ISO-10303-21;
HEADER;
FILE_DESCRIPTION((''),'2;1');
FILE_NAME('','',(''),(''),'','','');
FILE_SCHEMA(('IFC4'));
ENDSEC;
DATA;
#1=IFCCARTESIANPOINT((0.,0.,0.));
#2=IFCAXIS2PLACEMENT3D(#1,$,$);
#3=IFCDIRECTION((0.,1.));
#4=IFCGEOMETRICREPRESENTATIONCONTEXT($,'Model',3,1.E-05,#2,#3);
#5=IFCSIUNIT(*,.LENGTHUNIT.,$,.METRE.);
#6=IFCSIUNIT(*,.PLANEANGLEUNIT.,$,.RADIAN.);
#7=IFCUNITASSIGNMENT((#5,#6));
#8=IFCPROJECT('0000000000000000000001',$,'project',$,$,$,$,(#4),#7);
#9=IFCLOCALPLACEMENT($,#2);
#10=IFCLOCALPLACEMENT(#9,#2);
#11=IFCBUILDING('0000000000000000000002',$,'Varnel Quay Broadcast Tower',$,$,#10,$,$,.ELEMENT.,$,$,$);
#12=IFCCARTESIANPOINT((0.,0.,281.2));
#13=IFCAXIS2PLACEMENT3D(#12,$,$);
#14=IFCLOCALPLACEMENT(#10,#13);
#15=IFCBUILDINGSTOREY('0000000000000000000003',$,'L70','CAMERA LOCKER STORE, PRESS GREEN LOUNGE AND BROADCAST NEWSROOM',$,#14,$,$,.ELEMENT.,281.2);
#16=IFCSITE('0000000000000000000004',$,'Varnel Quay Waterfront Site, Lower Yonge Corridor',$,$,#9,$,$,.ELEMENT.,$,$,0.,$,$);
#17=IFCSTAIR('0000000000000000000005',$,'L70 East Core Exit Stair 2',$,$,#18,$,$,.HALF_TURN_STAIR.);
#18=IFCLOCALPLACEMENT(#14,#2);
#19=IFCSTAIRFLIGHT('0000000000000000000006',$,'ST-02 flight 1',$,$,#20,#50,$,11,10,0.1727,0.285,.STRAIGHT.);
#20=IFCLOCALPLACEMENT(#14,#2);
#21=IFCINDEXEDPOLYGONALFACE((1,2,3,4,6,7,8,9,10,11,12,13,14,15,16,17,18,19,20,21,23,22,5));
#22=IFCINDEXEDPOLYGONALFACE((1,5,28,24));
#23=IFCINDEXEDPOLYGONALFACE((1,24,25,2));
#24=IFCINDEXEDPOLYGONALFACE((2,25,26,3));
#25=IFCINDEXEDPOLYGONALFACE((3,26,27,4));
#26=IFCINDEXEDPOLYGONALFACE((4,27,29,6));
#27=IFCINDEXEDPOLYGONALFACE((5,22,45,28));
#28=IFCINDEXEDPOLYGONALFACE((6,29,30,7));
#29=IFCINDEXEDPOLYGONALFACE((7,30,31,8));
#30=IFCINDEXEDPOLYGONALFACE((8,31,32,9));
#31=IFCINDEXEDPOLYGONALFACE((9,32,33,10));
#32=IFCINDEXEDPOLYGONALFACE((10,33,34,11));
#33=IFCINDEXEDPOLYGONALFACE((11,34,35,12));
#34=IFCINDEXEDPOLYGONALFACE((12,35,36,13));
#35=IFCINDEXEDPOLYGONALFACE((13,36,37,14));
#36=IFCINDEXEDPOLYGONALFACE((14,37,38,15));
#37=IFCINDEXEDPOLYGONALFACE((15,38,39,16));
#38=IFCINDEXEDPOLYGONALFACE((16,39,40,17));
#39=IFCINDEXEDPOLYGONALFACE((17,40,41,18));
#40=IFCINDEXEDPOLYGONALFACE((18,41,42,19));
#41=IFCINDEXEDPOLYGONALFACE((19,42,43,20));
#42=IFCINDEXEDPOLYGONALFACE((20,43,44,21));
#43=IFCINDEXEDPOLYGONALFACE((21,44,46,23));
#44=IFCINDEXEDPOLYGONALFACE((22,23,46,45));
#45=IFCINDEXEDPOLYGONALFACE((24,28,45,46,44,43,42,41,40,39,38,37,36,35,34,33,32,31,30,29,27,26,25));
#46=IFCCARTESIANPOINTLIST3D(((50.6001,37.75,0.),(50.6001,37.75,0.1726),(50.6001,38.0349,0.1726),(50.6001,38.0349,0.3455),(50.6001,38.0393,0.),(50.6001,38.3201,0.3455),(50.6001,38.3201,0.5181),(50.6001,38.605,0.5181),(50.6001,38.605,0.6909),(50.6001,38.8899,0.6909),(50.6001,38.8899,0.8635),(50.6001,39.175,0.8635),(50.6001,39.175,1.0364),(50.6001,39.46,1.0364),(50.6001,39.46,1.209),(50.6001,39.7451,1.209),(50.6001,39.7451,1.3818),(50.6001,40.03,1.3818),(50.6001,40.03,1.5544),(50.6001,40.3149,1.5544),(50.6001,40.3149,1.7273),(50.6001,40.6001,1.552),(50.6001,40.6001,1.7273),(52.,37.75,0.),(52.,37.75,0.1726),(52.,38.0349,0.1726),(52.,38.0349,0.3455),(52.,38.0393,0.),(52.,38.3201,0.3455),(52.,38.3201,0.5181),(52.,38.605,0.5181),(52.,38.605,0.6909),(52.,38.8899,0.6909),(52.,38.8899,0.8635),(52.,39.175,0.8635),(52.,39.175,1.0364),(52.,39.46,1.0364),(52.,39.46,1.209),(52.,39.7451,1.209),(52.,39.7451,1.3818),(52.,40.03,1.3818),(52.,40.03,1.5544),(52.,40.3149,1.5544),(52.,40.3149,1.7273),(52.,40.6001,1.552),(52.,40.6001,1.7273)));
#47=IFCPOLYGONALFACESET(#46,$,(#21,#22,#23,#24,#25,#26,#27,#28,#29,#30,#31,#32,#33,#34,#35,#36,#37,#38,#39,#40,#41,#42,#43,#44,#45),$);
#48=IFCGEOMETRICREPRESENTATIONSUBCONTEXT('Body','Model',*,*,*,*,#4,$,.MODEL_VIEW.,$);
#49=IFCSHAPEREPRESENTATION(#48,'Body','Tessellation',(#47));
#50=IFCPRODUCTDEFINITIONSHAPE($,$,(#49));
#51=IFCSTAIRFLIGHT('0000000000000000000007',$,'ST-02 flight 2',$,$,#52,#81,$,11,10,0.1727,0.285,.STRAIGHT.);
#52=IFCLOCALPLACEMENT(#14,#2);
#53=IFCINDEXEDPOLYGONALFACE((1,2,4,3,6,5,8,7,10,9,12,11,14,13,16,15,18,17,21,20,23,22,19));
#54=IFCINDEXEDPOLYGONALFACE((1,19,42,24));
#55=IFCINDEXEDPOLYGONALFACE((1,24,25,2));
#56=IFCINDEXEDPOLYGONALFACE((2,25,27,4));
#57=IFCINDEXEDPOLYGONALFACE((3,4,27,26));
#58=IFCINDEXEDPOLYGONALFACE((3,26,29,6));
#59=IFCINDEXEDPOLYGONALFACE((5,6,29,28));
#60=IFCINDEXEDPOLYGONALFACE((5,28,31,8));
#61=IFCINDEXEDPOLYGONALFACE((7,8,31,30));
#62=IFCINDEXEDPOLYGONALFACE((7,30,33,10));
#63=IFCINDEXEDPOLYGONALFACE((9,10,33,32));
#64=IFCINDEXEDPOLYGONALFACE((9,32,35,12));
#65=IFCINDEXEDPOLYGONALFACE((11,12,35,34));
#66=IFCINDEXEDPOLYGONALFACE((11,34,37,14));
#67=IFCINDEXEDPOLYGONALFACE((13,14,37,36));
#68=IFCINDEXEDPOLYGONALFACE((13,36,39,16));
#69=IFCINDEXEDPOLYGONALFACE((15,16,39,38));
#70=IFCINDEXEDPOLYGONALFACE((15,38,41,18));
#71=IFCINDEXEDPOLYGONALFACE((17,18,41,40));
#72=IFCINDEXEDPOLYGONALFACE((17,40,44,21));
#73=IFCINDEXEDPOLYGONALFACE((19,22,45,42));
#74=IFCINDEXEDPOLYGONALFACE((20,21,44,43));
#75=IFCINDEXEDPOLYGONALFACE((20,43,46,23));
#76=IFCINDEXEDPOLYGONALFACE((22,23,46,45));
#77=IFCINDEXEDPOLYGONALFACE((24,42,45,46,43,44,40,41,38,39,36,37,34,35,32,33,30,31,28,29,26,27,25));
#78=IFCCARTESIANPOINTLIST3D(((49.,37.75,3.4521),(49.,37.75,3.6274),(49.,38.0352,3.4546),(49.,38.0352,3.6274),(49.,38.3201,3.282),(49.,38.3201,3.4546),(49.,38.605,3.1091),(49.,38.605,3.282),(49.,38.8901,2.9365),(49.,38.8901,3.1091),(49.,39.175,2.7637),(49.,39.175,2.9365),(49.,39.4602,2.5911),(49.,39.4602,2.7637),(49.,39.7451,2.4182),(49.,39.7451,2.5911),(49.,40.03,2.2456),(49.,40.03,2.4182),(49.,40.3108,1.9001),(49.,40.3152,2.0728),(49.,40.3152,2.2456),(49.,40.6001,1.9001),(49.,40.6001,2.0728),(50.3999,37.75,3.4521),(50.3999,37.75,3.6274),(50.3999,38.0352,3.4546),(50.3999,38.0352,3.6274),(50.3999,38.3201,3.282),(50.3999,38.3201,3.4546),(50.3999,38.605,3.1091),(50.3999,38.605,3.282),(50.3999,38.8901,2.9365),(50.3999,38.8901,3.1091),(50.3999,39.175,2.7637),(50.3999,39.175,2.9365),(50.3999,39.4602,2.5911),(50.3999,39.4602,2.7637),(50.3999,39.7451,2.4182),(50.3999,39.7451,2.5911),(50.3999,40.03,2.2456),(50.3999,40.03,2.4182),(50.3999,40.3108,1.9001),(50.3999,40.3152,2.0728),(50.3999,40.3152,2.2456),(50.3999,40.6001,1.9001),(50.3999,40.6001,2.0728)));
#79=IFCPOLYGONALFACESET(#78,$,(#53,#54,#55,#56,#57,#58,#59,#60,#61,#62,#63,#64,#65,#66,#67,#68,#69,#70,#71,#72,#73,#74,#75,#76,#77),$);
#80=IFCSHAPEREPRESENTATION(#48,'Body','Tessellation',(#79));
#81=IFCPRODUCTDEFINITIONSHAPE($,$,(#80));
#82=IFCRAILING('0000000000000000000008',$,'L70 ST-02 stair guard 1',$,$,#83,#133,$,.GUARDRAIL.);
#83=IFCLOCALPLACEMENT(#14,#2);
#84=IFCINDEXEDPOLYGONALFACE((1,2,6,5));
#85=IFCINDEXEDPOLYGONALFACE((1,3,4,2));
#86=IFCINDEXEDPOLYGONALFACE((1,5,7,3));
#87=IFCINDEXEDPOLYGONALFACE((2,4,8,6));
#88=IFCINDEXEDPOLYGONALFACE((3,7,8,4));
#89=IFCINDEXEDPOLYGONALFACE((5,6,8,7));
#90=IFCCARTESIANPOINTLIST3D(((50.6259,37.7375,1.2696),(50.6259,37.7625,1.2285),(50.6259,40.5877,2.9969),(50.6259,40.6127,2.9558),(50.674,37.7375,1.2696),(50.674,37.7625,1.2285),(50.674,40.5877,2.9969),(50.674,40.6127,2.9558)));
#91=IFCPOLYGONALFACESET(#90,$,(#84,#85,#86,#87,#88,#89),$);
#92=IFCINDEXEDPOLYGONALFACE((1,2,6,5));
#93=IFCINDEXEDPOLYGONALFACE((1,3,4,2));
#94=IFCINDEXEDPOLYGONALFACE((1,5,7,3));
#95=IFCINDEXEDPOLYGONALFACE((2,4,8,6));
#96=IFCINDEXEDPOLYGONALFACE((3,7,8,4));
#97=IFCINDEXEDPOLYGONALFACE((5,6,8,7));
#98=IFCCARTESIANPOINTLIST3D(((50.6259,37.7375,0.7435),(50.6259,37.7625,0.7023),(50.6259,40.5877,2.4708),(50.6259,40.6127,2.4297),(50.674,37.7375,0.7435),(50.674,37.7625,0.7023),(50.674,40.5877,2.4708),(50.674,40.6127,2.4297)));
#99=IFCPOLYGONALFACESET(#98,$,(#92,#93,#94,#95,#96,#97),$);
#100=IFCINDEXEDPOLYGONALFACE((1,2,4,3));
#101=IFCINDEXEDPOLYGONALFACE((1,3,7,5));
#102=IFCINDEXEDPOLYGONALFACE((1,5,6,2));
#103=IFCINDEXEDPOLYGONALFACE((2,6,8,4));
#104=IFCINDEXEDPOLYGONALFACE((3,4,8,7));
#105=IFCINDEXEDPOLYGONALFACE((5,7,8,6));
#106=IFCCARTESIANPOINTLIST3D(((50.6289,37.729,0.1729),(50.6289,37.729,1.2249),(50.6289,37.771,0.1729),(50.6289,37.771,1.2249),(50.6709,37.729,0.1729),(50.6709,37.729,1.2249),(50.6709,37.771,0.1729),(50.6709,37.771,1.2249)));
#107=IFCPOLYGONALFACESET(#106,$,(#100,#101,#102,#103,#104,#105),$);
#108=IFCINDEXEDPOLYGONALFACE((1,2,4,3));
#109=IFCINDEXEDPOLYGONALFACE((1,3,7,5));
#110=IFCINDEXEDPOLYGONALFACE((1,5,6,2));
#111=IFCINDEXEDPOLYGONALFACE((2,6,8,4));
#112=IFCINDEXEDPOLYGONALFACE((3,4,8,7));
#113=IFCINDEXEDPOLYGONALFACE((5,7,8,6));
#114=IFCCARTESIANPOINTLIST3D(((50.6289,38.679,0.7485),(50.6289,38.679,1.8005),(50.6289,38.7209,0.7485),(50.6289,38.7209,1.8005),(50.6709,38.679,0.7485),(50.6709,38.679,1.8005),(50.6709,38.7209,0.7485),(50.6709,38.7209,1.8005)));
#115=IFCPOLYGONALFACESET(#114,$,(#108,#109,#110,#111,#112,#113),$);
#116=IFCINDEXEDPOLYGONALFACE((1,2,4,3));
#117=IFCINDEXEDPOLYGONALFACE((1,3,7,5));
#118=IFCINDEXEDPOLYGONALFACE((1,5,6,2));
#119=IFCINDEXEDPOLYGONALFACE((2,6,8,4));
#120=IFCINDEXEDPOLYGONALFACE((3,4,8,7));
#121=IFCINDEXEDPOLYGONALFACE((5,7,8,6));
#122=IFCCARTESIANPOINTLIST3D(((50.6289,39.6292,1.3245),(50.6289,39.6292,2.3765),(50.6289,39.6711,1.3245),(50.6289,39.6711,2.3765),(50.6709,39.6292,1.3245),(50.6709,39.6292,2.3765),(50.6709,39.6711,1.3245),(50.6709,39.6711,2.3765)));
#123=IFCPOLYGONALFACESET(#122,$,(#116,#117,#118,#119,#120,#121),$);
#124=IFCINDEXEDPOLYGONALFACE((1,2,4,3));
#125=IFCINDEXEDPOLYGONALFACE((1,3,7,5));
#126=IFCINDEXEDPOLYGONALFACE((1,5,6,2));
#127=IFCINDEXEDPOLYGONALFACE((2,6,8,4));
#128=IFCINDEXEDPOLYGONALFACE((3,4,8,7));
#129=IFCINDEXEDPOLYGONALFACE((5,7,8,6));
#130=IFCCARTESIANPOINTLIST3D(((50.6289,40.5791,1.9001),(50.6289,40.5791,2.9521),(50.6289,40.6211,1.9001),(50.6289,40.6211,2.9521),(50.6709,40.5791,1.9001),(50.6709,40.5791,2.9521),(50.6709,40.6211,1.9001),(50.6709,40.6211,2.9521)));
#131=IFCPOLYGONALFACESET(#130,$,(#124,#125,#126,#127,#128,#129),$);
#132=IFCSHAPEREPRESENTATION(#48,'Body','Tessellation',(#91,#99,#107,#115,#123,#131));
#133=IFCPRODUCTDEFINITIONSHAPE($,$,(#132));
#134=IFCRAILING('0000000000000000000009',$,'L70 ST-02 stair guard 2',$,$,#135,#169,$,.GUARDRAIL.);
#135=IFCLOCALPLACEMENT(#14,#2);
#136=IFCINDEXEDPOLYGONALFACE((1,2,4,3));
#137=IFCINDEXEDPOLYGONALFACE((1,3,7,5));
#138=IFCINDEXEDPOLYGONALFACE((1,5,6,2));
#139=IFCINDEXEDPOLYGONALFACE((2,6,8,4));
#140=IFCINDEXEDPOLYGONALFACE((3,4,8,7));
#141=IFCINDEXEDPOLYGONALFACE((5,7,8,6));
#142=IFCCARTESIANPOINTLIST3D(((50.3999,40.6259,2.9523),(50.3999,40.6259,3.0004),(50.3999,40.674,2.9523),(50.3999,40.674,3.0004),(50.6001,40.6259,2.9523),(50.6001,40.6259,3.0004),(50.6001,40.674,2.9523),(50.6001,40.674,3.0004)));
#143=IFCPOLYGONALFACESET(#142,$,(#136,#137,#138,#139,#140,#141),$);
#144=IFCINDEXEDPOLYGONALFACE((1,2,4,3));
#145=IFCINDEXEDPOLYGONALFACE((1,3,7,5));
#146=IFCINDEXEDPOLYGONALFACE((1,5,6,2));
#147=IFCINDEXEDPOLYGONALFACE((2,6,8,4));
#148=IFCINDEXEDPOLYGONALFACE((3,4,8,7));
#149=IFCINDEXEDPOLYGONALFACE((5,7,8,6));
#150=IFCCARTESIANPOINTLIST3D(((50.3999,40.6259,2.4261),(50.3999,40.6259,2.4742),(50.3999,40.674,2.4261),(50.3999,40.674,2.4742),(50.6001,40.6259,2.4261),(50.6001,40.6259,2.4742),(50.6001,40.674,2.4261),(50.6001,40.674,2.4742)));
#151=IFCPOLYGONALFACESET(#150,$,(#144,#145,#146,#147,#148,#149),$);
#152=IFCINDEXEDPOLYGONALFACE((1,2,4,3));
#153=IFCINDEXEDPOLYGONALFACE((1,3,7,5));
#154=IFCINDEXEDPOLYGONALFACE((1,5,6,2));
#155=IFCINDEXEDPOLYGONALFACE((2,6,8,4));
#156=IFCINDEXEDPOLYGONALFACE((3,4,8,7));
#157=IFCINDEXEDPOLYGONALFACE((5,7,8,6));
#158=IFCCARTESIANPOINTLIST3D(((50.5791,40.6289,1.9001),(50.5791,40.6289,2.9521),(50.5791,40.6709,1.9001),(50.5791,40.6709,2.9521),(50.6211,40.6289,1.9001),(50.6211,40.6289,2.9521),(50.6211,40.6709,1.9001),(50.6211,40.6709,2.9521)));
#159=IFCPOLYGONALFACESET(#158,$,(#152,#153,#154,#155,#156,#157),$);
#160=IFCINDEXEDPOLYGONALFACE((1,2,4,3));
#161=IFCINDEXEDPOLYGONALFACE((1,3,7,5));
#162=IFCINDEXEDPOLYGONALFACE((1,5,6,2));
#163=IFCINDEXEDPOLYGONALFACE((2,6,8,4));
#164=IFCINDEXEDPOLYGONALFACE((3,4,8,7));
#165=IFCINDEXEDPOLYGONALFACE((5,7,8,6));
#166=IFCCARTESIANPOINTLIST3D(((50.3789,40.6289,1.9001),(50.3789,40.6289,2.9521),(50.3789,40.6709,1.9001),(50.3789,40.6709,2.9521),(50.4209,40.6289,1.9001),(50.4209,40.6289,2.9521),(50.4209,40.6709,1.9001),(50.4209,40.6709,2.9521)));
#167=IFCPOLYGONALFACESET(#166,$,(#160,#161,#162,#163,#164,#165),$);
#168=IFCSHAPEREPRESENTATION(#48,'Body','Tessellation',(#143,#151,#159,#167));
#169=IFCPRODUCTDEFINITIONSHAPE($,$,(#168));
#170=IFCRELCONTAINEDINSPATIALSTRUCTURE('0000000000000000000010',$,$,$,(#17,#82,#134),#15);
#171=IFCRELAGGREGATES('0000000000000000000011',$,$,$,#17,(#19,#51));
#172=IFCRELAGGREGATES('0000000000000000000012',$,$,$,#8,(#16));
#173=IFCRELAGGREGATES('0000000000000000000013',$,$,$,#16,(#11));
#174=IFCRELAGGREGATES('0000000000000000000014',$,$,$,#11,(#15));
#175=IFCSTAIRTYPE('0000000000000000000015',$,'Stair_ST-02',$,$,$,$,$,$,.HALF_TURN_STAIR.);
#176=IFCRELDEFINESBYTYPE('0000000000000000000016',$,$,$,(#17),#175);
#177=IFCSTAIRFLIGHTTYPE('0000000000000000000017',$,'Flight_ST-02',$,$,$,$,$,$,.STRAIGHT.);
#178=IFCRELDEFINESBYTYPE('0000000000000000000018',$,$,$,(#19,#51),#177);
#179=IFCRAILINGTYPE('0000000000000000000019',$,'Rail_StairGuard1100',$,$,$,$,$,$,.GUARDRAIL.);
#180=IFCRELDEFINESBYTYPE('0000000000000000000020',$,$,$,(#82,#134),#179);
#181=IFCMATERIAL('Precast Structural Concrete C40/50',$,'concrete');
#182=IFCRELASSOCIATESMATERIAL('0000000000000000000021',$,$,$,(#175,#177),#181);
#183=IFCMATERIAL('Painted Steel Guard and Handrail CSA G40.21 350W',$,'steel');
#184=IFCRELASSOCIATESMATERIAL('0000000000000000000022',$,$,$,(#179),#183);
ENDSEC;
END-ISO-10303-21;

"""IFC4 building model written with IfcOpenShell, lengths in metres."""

from ifc_helpers import new_model, si_unit, direction, frame, origin, origin_2d, place, context, subcontext, project, spatial, polyline, rectangle, outline, extrude, material, type_object, element, aggregate, save


model = new_model("IFC4")

# Units and contexts
model_context = context("Model", 3, precision=1e-05, world=origin(), true_north=direction((0.0, 1.0)))
body_context = subcontext(model_context, "Body", "Model", "MODEL_VIEW")
ifc_project = project(units=[si_unit("LENGTHUNIT", "METRE"), si_unit("PLANEANGLEUNIT", "RADIAN")], contexts=[model_context])

# Site, building, storey
site_placement = place(None, origin())
site = spatial("IfcSite", under=ifc_project, at=site_placement, Name="Varnel Quay Waterfront Site, Lower Yonge Corridor", CompositionType="ELEMENT", RefElevation=0.0)
building_placement = place(site_placement, origin())
building = spatial("IfcBuilding", under=site, at=building_placement, Name="Varnel Quay Broadcast Tower", CompositionType="ELEMENT")
storey_placement = place(building_placement, frame((0.0, 0.0, 281.2)))
storey = spatial("IfcBuildingStorey", under=building, at=storey_placement, Name="L70", Description="CAMERA LOCKER STORE, PRESS GREEN LOUNGE AND BROADCAST NEWSROOM", CompositionType="ELEMENT", Elevation=281.2)

# Stair, stair flights
ifc_material_1 = material(Name="Precast Structural Concrete C40/50", Category="concrete")
stair_type = type_object("IfcStairType", Name="Stair_ST-02", PredefinedType="HALF_TURN_STAIR", material=ifc_material_1)
stair_placement = place(storey_placement, origin())
stair = element("IfcStair", 1, at=stair_placement, inside=storey, type_object=stair_type, Name="L70 East Core Exit Stair 2", PredefinedType="HALF_TURN_STAIR")
stair_flight_type = type_object("IfcStairFlightType", Name="Flight_ST-02", PredefinedType="STRAIGHT", material=ifc_material_1)
stair_flight_1_placement = place(storey_placement, frame((51.3, 37.75, 0.0), z_axis=(0.0, 0.0, 1.0), x_axis=(0.0, 1.0, 0.0)))
stair_flight_1 = element("IfcStairFlight", 2, at=stair_flight_1_placement, type_object=stair_flight_type, Name="ST-02 flight 1", NumberOfRisers=11, NumberOfTreads=10, PredefinedType="STRAIGHT", RiserHeight=0.1727, TreadLength=0.285, context=body_context, shape_type="SweptSolid", body=[
    extrude(outline(polyline([(0.0, 0.0), (0.0, 0.1726), (0.2849, 0.1726), (0.2849, 0.3455), (0.5701, 0.3455), (0.5701, 0.5181), (0.855, 0.5181), (0.855, 0.6909), (1.1399, 0.6909), (1.1399, 0.8635), (1.425, 0.8635), (1.425, 1.0364), (1.71, 1.0364), (1.71, 1.209), (1.9951, 1.209), (1.9951, 1.3818), (2.28, 1.3818), (2.28, 1.5544), (2.5649, 1.5544), (2.5649, 1.7273), (2.8501, 1.7273), (2.8501, 1.8999), (2.8501, 1.552), (0.2893, 0.0), (0.0, 0.0)])), frame((0.0, 0.7, 0.0), z_axis=(0.0, -1.0, 0.0), x_axis=(1.0, 0.0, 0.0)), (0.0, 0.0, 1.0), 1.3999),
])
stair_flight_2_placement = place(storey_placement, frame((49.7, 40.6001, 1.9001), z_axis=(0.0, 0.0, 1.0), x_axis=(0.0, -1.0, 0.0)))
stair_flight_2 = element("IfcStairFlight", 3, at=stair_flight_2_placement, type_object=stair_flight_type, Name="ST-02 flight 2", NumberOfRisers=11, NumberOfTreads=10, PredefinedType="STRAIGHT", RiserHeight=0.1727, TreadLength=0.285, context=body_context, shape_type="SweptSolid", body=[
    extrude(outline(polyline([(0.0, 0.0), (0.0, 0.1726), (0.2849, 0.1726), (0.2849, 0.3455), (0.5701, 0.3455), (0.5701, 0.5181), (0.855, 0.5181), (0.855, 0.6909), (1.1399, 0.6909), (1.1399, 0.8635), (1.425, 0.8635), (1.425, 1.0364), (1.71, 1.0364), (1.71, 1.209), (1.9951, 1.209), (1.9951, 1.3818), (2.28, 1.3818), (2.28, 1.5544), (2.5649, 1.5544), (2.5649, 1.7273), (2.8501, 1.7273), (2.8501, 1.8999), (2.8501, 1.552), (0.2893, 0.0), (0.0, 0.0)])), frame((0.0, 0.7, 0.0), z_axis=(0.0, -1.0, 0.0), x_axis=(1.0, 0.0, 0.0)), (0.0, 0.0, 1.0), 1.3999),
])
aggregate(stair, [stair_flight_1, stair_flight_2])

# Railings
ifc_material_2 = material(Name="Painted Steel Guard and Handrail CSA G40.21 350W", Category="steel")
railing_type_1 = type_object("IfcRailingType", Name="Rail_StairGuard1100", PredefinedType="GUARDRAIL", material=ifc_material_2)
railing_1_placement = place(storey_placement, frame((50.6499, 37.75, 0.1729)))
element("IfcRailing", 4, at=railing_1_placement, inside=storey, type_object=railing_type_1, Name="L70 ST-02 stair guard 1", PredefinedType="GUARDRAIL", context=body_context, shape_type="SweptSolid", body=[
    extrude(rectangle(XDim=0.0481, YDim=0.0481, at=origin_2d()), frame((0.0, 0.0, 1.0762), z_axis=(0.0, 0.855203, 0.518294), x_axis=(-1.0, 0.0, 0.0)), (0.0, 0.0, 1.0), 3.3328),
    extrude(rectangle(XDim=0.0481, YDim=0.0481, at=origin_2d()), frame((0.0, 0.0, 0.55), z_axis=(0.0, 0.855203, 0.518294), x_axis=(-1.0, 0.0, 0.0)), (0.0, 0.0, 1.0), 3.3328),
    extrude(rectangle(XDim=0.042, YDim=0.042, at=origin_2d()), origin(), (0.0, 0.0, 1.0), 1.052),
    extrude(rectangle(XDim=0.042, YDim=0.042, at=origin_2d()), frame((0.0, 0.95, 0.5757)), (0.0, 0.0, 1.0), 1.052),
    extrude(rectangle(XDim=0.042, YDim=0.042, at=origin_2d()), frame((0.0, 1.9001, 1.1516)), (0.0, 0.0, 1.0), 1.052),
    extrude(rectangle(XDim=0.042, YDim=0.042, at=origin_2d()), frame((0.0, 2.8501, 1.7273)), (0.0, 0.0, 1.0), 1.052),
])
railing_2_placement = place(storey_placement, frame((50.6001, 40.6499, 1.9001)))
element("IfcRailing", 5, at=railing_2_placement, inside=storey, type_object=railing_type_1, Name="L70 ST-02 stair guard 2", PredefinedType="GUARDRAIL", context=body_context, shape_type="SweptSolid", body=[
    extrude(rectangle(XDim=0.0481, YDim=0.0481, at=origin_2d()), frame((0.0, 0.0, 1.0762), z_axis=(-1.0, 0.0, 0.0), x_axis=(0.0, -1.0, 0.0)), (0.0, 0.0, 1.0), 0.2002),
    extrude(rectangle(XDim=0.0481, YDim=0.0481, at=origin_2d()), frame((0.0, 0.0, 0.55), z_axis=(-1.0, 0.0, 0.0), x_axis=(0.0, -1.0, 0.0)), (0.0, 0.0, 1.0), 0.2002),
    extrude(rectangle(XDim=0.042, YDim=0.042, at=origin_2d()), origin(), (0.0, 0.0, 1.0), 1.052),
    extrude(rectangle(XDim=0.042, YDim=0.042, at=origin_2d()), frame((-0.2002, 0.0, 0.0)), (0.0, 0.0, 1.0), 1.052),
])

save(model, "model.ifc")
